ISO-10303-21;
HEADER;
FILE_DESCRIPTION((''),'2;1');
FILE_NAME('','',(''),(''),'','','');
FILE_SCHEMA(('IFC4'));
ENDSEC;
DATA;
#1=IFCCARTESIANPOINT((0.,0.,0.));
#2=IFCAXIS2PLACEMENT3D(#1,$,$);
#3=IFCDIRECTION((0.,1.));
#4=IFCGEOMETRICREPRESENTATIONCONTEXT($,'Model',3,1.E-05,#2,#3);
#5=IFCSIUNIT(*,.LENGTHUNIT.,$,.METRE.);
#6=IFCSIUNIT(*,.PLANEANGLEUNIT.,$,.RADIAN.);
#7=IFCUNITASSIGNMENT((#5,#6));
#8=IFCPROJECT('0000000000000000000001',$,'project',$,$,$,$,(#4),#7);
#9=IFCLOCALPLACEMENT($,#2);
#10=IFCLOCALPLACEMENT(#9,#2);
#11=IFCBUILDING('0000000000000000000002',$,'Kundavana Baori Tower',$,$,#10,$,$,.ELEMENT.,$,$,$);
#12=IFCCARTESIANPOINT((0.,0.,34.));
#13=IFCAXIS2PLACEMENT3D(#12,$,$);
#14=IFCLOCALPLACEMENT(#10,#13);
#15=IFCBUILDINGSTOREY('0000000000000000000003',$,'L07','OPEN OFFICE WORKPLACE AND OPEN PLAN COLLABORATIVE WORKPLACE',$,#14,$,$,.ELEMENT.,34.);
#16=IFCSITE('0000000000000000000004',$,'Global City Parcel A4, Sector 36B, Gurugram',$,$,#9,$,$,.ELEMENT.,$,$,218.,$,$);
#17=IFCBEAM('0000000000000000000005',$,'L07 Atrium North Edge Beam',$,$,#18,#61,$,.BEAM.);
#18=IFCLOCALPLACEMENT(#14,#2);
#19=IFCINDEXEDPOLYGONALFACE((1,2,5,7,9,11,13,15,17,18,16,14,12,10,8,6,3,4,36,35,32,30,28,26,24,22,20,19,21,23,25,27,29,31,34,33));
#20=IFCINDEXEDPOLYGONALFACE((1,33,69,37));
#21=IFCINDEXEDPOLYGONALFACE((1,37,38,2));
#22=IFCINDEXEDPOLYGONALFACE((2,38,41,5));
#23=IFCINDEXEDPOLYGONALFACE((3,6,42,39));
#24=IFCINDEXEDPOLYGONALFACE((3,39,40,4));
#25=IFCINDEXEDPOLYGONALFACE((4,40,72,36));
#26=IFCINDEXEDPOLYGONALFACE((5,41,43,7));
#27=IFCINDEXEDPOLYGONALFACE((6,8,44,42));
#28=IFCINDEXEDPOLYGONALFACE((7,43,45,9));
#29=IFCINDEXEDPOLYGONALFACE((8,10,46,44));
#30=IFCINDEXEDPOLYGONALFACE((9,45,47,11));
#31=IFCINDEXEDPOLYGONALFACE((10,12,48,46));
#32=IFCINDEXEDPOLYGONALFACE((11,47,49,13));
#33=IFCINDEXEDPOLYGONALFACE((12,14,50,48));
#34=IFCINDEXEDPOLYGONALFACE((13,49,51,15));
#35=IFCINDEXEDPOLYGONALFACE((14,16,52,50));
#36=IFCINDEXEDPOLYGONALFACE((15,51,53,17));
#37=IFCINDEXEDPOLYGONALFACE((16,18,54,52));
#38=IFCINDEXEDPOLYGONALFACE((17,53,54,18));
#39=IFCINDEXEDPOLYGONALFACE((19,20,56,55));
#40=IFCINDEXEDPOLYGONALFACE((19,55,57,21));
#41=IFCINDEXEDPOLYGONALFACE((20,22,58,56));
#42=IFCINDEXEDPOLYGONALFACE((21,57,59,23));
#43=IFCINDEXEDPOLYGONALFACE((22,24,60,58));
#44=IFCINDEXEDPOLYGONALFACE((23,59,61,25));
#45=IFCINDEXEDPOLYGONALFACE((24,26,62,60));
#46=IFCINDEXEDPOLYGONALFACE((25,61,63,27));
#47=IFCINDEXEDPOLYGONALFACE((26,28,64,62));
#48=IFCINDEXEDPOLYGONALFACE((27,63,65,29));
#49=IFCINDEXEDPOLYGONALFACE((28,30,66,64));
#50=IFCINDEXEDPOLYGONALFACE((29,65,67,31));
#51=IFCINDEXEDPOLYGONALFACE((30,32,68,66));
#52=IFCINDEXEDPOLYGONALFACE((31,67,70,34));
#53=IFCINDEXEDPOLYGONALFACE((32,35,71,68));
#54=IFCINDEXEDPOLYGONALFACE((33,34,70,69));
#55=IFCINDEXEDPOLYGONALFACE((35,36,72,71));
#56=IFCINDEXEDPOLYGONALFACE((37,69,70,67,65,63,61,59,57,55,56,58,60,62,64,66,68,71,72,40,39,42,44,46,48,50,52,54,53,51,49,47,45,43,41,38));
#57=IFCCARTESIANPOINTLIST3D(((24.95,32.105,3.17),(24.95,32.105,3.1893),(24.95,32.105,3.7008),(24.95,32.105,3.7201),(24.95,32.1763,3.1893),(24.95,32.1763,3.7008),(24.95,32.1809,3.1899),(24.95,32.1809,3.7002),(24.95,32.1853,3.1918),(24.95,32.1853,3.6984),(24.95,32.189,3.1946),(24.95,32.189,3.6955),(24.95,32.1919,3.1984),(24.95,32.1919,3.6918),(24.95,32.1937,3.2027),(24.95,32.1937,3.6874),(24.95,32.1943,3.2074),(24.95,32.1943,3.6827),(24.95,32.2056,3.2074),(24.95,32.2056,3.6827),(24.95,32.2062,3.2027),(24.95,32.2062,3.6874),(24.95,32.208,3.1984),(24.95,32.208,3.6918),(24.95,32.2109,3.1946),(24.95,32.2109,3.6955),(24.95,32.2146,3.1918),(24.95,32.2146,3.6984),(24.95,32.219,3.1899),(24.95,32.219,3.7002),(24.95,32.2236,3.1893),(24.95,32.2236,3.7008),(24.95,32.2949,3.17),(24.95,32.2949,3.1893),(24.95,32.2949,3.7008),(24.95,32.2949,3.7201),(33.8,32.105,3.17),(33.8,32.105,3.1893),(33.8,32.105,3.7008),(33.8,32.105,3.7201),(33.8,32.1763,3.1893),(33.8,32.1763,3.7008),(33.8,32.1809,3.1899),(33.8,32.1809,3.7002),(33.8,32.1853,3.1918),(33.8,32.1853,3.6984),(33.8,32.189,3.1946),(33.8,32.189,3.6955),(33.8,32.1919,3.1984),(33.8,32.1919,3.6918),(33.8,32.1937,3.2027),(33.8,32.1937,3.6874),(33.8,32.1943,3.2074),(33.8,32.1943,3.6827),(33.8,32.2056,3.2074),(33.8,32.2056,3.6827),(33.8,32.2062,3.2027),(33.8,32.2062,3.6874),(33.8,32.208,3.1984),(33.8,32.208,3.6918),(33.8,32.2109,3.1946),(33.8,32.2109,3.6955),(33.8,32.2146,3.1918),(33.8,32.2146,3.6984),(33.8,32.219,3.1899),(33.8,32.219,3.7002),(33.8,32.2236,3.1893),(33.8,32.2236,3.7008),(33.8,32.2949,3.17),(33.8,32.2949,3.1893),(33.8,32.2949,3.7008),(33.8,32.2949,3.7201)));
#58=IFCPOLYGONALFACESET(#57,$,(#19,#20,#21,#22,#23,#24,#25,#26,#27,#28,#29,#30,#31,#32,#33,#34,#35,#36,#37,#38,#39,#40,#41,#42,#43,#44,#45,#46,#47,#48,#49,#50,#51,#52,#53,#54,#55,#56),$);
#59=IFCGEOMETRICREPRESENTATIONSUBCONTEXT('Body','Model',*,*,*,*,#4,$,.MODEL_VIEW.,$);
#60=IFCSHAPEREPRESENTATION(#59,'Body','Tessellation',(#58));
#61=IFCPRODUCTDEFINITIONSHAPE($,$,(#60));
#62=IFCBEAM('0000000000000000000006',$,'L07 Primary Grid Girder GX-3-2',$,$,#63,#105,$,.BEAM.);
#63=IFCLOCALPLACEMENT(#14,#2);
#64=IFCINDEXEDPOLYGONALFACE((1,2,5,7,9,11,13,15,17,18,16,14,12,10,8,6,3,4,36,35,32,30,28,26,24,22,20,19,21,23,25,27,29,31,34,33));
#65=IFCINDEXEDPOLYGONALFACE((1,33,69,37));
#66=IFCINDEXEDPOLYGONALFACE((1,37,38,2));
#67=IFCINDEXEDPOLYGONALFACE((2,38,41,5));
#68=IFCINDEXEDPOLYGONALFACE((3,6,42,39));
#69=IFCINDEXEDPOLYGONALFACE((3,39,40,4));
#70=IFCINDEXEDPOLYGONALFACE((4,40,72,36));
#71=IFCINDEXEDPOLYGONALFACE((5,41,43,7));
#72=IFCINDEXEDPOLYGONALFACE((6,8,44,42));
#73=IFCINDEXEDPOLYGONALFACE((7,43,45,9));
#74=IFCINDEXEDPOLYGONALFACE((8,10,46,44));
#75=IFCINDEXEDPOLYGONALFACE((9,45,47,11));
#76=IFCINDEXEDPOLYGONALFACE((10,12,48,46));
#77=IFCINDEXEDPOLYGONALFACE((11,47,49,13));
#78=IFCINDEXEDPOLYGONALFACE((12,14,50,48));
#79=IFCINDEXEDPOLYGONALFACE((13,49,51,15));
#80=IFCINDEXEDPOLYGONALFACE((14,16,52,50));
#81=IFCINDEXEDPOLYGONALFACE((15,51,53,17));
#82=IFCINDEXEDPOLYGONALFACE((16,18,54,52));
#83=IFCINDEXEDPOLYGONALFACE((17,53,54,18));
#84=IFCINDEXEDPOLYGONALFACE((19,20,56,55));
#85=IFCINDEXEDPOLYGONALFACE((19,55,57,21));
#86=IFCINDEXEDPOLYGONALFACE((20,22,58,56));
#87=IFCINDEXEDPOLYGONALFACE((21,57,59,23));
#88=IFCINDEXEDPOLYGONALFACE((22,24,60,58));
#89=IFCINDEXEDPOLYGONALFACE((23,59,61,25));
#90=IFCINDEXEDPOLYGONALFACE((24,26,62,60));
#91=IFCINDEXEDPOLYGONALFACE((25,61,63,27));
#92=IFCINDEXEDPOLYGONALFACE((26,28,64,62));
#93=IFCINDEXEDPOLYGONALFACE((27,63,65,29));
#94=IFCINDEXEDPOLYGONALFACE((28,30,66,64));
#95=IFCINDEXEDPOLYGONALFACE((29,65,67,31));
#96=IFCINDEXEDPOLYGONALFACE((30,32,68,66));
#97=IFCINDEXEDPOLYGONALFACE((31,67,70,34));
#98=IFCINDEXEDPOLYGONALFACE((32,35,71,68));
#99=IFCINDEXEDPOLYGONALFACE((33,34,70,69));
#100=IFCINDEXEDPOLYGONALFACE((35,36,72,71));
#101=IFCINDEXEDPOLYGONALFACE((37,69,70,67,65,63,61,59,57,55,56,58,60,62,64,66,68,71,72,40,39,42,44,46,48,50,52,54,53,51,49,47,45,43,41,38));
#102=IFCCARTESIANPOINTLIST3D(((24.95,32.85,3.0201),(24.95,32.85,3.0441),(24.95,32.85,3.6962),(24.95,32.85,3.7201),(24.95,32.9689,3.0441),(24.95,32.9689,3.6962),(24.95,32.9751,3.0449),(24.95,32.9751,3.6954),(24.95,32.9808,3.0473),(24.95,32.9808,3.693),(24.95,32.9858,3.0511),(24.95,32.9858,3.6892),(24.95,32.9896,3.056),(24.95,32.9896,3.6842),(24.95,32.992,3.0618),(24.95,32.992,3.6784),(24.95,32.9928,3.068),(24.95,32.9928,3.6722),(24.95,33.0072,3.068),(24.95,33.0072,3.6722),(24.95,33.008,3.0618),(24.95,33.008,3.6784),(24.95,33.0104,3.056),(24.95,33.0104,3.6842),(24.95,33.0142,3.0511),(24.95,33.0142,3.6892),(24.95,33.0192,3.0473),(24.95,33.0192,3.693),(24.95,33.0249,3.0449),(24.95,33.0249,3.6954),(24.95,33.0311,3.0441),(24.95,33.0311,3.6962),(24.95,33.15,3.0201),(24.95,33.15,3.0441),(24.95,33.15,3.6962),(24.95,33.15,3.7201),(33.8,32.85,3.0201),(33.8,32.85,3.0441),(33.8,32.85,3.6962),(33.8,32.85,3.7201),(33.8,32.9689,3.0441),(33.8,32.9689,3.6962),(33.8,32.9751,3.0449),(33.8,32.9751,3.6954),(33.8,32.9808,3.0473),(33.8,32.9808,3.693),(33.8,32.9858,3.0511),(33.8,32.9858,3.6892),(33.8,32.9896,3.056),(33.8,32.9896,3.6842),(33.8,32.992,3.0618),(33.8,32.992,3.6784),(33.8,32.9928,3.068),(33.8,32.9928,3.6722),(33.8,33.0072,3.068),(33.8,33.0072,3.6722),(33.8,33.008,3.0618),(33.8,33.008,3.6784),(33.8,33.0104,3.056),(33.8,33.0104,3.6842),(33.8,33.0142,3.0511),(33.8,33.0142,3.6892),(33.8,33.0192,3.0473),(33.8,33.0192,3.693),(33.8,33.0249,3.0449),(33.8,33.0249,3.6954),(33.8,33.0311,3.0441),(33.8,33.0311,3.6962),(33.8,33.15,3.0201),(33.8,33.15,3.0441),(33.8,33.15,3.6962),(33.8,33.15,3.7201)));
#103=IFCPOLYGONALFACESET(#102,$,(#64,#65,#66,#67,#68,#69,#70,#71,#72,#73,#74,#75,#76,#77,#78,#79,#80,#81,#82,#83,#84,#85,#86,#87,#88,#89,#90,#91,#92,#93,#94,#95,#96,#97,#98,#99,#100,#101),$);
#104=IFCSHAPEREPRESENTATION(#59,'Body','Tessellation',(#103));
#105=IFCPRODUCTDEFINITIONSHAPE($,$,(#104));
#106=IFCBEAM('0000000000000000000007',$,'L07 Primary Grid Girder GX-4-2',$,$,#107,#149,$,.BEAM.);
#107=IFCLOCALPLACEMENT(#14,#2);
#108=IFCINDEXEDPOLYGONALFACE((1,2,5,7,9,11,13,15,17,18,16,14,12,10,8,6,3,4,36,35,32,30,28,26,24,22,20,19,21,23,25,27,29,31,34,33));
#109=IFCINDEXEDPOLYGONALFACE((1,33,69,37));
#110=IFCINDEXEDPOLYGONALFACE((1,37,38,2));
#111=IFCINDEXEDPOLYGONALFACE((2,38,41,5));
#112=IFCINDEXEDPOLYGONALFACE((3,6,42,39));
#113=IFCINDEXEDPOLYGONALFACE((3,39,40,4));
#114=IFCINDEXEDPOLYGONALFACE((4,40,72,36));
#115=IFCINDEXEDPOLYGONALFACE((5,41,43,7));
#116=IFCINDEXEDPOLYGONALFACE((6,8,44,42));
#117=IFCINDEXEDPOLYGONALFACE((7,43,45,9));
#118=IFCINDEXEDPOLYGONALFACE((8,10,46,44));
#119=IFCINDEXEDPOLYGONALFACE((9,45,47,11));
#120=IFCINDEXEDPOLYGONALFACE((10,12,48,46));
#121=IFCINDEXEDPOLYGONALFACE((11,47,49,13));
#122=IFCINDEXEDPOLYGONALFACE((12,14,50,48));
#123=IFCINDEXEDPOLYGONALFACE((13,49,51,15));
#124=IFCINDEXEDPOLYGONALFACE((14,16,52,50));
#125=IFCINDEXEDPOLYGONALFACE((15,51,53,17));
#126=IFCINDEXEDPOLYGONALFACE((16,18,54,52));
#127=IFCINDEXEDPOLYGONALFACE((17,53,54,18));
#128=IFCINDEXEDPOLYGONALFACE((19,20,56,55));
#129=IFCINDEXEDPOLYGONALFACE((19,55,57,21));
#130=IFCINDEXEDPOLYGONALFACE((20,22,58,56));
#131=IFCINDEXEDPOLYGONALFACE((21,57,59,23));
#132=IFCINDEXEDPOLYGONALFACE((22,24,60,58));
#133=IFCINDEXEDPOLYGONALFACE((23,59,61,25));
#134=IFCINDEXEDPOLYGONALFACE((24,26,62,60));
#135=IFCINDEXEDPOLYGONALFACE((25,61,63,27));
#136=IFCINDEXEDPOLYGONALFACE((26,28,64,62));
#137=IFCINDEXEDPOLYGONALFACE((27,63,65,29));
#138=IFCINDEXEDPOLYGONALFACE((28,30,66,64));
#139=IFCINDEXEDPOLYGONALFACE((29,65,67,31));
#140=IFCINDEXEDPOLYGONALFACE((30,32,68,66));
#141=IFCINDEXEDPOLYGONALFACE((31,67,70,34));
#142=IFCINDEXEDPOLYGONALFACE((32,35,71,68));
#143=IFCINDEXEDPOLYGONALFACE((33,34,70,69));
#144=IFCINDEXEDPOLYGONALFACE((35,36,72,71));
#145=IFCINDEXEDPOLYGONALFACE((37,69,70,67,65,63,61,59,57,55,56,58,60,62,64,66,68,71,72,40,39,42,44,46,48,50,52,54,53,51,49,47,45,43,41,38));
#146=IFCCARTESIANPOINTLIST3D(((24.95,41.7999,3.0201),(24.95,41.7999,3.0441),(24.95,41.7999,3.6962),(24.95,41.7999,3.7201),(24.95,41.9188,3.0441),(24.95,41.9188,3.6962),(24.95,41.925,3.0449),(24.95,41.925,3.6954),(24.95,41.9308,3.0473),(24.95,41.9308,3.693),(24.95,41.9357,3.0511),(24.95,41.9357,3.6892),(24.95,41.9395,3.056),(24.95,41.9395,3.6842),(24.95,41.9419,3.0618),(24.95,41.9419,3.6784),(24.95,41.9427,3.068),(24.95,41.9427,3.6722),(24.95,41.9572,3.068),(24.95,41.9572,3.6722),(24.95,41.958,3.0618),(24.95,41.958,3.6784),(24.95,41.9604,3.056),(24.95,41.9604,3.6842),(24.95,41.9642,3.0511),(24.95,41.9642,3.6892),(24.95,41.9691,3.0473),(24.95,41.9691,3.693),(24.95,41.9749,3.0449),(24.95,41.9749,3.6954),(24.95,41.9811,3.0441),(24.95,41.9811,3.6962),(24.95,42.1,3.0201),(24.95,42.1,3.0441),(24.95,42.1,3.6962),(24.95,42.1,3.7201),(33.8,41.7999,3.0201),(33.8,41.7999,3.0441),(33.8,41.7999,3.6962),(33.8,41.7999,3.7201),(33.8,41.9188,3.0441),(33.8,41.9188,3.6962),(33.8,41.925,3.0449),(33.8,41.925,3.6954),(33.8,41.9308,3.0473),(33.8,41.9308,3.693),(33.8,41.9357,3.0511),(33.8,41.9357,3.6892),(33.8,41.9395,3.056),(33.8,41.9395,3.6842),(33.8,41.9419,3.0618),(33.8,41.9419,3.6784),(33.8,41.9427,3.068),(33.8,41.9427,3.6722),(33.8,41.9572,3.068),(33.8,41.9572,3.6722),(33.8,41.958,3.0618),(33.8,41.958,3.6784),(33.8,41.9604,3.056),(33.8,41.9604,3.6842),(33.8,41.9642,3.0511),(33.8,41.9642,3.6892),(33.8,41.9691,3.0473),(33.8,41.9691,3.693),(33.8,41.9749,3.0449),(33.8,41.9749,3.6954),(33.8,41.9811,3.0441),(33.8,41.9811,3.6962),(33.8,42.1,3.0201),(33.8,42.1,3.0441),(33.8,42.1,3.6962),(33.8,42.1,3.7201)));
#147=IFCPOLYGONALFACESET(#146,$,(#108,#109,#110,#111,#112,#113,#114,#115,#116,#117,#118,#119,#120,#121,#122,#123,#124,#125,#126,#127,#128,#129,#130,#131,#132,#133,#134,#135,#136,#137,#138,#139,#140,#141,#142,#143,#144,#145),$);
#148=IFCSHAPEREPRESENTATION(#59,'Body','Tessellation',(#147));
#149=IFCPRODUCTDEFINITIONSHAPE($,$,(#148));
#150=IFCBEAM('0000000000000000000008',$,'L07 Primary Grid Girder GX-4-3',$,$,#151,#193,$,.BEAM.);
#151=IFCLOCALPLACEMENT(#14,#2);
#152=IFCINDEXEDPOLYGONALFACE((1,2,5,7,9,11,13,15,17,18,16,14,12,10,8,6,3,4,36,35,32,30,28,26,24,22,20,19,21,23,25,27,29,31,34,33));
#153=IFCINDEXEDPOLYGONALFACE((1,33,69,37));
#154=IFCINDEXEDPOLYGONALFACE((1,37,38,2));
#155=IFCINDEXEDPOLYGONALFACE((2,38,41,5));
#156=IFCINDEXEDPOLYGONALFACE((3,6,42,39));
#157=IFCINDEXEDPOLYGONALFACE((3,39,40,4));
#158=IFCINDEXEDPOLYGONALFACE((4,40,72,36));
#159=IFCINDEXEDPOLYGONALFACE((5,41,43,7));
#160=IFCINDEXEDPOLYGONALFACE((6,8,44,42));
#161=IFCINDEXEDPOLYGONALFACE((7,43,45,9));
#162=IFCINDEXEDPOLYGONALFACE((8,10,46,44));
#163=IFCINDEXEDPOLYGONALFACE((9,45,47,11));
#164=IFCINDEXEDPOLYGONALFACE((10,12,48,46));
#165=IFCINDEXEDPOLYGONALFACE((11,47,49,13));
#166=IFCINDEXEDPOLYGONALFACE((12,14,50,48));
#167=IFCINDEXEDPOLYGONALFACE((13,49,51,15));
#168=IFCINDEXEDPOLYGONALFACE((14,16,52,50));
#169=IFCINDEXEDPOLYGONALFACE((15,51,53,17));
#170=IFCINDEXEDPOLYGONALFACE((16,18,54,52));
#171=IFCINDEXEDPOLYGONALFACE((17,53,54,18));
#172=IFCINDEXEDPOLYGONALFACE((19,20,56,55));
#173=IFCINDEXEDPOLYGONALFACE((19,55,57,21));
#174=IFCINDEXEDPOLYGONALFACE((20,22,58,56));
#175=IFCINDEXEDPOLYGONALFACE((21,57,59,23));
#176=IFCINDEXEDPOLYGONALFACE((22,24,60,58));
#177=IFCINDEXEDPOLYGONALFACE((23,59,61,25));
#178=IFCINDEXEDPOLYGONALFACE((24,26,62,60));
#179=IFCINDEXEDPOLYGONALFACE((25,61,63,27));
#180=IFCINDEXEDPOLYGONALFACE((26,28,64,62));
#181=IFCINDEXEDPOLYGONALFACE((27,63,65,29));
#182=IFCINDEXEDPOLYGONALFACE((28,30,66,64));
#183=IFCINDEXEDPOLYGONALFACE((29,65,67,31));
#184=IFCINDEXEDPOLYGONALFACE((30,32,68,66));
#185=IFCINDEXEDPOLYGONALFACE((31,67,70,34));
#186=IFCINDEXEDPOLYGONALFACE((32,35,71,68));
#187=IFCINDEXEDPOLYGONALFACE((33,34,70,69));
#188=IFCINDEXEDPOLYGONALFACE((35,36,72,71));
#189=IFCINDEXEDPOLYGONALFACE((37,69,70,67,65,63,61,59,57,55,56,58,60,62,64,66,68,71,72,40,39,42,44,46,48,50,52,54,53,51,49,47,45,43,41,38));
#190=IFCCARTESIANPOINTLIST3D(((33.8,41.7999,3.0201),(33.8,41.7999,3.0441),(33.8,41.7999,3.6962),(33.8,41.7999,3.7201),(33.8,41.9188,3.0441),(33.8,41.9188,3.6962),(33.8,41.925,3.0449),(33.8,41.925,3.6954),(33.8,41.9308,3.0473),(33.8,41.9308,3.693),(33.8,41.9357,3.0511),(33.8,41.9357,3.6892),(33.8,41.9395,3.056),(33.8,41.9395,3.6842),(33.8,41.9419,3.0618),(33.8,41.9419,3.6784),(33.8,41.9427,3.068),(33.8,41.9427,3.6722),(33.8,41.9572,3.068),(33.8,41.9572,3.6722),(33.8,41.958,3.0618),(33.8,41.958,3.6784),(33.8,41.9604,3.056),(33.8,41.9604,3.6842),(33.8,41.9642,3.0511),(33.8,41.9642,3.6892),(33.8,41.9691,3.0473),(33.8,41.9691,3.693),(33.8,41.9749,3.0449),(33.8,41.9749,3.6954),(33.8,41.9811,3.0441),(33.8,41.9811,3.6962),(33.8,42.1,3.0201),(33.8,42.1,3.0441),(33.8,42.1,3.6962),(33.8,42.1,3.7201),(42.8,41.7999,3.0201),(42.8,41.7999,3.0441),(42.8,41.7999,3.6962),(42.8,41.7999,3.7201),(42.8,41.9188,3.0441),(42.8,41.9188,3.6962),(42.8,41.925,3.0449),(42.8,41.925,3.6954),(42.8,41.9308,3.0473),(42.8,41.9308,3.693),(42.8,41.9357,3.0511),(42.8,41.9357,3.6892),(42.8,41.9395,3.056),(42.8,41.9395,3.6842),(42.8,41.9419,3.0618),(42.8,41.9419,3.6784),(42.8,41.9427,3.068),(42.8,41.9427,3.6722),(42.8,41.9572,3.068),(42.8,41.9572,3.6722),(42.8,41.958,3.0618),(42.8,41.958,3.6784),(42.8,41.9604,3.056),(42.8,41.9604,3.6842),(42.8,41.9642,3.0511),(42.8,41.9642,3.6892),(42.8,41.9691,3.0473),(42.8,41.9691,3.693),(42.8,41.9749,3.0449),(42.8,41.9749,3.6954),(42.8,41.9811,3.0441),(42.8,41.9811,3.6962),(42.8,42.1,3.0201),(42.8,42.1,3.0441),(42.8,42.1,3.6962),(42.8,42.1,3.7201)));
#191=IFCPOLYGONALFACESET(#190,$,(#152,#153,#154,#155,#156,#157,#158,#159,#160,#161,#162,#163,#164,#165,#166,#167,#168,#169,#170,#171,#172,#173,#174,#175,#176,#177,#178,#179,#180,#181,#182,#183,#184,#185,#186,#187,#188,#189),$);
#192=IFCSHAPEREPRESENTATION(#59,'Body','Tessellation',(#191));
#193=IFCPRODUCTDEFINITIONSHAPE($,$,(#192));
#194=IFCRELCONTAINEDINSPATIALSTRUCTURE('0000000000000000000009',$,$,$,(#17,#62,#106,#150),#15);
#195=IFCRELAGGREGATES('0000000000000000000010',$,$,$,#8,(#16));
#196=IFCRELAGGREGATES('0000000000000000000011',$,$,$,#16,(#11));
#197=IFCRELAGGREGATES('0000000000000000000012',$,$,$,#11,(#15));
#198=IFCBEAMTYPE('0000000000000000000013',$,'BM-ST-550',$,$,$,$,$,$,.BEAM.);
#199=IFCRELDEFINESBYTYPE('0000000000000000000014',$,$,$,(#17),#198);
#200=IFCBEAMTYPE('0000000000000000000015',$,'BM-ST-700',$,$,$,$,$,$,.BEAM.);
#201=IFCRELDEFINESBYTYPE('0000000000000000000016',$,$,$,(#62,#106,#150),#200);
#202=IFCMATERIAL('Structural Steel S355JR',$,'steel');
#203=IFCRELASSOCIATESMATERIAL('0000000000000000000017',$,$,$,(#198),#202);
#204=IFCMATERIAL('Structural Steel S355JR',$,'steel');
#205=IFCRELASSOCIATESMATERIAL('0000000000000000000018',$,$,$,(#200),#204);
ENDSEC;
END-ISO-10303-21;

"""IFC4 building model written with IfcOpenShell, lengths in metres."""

from ifc_helpers import new_model, si_unit, direction, frame, origin, origin_2d, place, context, subcontext, project, spatial, i_section, extrude, material, material_profile, profile_set, type_object, element, save


model = new_model("IFC4")

# Units and contexts
model_context = context("Model", 3, precision=1e-05, world=origin(), true_north=direction((0.0, 1.0)))
body_context = subcontext(model_context, "Body", "Model", "MODEL_VIEW")
ifc_project = project(units=[si_unit("LENGTHUNIT", "METRE"), si_unit("PLANEANGLEUNIT", "RADIAN")], contexts=[model_context])

# Site, building, storey
site_placement = place(None, origin())
site = spatial("IfcSite", under=ifc_project, at=site_placement, Name="Global City Parcel A4, Sector 36B, Gurugram", CompositionType="ELEMENT", RefElevation=218.0)
building_placement = place(site_placement, origin())
building = spatial("IfcBuilding", under=site, at=building_placement, Name="Kundavana Baori Tower", CompositionType="ELEMENT")
storey_placement = place(building_placement, frame((0.0, 0.0, 34.0)))
storey = spatial("IfcBuildingStorey", under=building, at=storey_placement, Name="L07", Description="OPEN OFFICE WORKPLACE AND OPEN PLAN COLLABORATIVE WORKPLACE", CompositionType="ELEMENT", Elevation=34.0)

# Beams
ifc_material_1 = material(Name="Structural Steel S355JR", Category="steel")
ifc_material_profile_1 = material_profile(ifc_material_1, i_section(OverallWidth=0.1899, OverallDepth=0.55, WebThickness=0.0112, FlangeThickness=0.0193, FilletRadius=0.0181, at=origin_2d()), Name="ISMB 550")
ifc_profile_set_1 = profile_set([ifc_material_profile_1], Name="Structural Steel S355JR")
beam_type_1 = type_object("IfcBeamType", Name="BM-ST-550", PredefinedType="BEAM", material=ifc_profile_set_1)
beam_1_placement = place(storey_placement, frame((24.95, 32.2, 3.4451), z_axis=(1.0, 0.0, 0.0), x_axis=(0.0, 1.0, 0.0)))
element("IfcBeam", 1, at=beam_1_placement, inside=storey, type_object=beam_type_1, Name="L07 Atrium North Edge Beam", PredefinedType="BEAM", context=body_context, shape_type="SweptSolid", body=[
    extrude(i_section(OverallWidth=0.1899, OverallDepth=0.55, WebThickness=0.0112, FlangeThickness=0.0193, FilletRadius=0.0181, at=origin_2d()), origin(), (0.0, 0.0, 1.0), 8.8501),
])
ifc_material_2 = material(Name="Structural Steel S355JR", Category="steel")
ifc_material_profile_2 = material_profile(ifc_material_2, i_section(OverallWidth=0.3, OverallDepth=0.7, WebThickness=0.0144, FlangeThickness=0.0239, FilletRadius=0.0239, at=origin_2d()), Name="NPB 700x300x170")
ifc_profile_set_2 = profile_set([ifc_material_profile_2], Name="Structural Steel S355JR")
beam_type_2 = type_object("IfcBeamType", Name="BM-ST-700", PredefinedType="BEAM", material=ifc_profile_set_2)
for number, where, z_axis, x_axis, name in (
    (2, (24.95, 33.0, 3.3701), (1.0, 0.0, 0.0), (0.0, 1.0, 0.0), "L07 Primary Grid Girder GX-3-2"),
    (3, (24.95, 41.95, 3.3701), (1.0, 0.0, 0.0), (0.0, 1.0, 0.0), "L07 Primary Grid Girder GX-4-2"),
):
    element("IfcBeam", number, at=place(storey_placement, frame(where, z_axis=z_axis, x_axis=x_axis)), inside=storey, type_object=beam_type_2, Name=name, PredefinedType="BEAM", context=body_context, shape_type="SweptSolid", body=[
        extrude(i_section(OverallWidth=0.3, OverallDepth=0.7, WebThickness=0.0144, FlangeThickness=0.0239, FilletRadius=0.0239, at=origin_2d()), origin(), (0.0, 0.0, 1.0), 8.8501),
    ])
beam_2_placement = place(storey_placement, frame((33.8, 41.95, 3.3701), z_axis=(1.0, 0.0, 0.0), x_axis=(0.0, 1.0, 0.0)))
element("IfcBeam", 4, at=beam_2_placement, inside=storey, type_object=beam_type_2, Name="L07 Primary Grid Girder GX-4-3", PredefinedType="BEAM", context=body_context, shape_type="SweptSolid", body=[
    extrude(i_section(OverallWidth=0.3, OverallDepth=0.7, WebThickness=0.0144, FlangeThickness=0.0239, FilletRadius=0.0239, at=origin_2d()), origin(), (0.0, 0.0, 1.0), 9.0),
])

save(model, "model.ifc")
